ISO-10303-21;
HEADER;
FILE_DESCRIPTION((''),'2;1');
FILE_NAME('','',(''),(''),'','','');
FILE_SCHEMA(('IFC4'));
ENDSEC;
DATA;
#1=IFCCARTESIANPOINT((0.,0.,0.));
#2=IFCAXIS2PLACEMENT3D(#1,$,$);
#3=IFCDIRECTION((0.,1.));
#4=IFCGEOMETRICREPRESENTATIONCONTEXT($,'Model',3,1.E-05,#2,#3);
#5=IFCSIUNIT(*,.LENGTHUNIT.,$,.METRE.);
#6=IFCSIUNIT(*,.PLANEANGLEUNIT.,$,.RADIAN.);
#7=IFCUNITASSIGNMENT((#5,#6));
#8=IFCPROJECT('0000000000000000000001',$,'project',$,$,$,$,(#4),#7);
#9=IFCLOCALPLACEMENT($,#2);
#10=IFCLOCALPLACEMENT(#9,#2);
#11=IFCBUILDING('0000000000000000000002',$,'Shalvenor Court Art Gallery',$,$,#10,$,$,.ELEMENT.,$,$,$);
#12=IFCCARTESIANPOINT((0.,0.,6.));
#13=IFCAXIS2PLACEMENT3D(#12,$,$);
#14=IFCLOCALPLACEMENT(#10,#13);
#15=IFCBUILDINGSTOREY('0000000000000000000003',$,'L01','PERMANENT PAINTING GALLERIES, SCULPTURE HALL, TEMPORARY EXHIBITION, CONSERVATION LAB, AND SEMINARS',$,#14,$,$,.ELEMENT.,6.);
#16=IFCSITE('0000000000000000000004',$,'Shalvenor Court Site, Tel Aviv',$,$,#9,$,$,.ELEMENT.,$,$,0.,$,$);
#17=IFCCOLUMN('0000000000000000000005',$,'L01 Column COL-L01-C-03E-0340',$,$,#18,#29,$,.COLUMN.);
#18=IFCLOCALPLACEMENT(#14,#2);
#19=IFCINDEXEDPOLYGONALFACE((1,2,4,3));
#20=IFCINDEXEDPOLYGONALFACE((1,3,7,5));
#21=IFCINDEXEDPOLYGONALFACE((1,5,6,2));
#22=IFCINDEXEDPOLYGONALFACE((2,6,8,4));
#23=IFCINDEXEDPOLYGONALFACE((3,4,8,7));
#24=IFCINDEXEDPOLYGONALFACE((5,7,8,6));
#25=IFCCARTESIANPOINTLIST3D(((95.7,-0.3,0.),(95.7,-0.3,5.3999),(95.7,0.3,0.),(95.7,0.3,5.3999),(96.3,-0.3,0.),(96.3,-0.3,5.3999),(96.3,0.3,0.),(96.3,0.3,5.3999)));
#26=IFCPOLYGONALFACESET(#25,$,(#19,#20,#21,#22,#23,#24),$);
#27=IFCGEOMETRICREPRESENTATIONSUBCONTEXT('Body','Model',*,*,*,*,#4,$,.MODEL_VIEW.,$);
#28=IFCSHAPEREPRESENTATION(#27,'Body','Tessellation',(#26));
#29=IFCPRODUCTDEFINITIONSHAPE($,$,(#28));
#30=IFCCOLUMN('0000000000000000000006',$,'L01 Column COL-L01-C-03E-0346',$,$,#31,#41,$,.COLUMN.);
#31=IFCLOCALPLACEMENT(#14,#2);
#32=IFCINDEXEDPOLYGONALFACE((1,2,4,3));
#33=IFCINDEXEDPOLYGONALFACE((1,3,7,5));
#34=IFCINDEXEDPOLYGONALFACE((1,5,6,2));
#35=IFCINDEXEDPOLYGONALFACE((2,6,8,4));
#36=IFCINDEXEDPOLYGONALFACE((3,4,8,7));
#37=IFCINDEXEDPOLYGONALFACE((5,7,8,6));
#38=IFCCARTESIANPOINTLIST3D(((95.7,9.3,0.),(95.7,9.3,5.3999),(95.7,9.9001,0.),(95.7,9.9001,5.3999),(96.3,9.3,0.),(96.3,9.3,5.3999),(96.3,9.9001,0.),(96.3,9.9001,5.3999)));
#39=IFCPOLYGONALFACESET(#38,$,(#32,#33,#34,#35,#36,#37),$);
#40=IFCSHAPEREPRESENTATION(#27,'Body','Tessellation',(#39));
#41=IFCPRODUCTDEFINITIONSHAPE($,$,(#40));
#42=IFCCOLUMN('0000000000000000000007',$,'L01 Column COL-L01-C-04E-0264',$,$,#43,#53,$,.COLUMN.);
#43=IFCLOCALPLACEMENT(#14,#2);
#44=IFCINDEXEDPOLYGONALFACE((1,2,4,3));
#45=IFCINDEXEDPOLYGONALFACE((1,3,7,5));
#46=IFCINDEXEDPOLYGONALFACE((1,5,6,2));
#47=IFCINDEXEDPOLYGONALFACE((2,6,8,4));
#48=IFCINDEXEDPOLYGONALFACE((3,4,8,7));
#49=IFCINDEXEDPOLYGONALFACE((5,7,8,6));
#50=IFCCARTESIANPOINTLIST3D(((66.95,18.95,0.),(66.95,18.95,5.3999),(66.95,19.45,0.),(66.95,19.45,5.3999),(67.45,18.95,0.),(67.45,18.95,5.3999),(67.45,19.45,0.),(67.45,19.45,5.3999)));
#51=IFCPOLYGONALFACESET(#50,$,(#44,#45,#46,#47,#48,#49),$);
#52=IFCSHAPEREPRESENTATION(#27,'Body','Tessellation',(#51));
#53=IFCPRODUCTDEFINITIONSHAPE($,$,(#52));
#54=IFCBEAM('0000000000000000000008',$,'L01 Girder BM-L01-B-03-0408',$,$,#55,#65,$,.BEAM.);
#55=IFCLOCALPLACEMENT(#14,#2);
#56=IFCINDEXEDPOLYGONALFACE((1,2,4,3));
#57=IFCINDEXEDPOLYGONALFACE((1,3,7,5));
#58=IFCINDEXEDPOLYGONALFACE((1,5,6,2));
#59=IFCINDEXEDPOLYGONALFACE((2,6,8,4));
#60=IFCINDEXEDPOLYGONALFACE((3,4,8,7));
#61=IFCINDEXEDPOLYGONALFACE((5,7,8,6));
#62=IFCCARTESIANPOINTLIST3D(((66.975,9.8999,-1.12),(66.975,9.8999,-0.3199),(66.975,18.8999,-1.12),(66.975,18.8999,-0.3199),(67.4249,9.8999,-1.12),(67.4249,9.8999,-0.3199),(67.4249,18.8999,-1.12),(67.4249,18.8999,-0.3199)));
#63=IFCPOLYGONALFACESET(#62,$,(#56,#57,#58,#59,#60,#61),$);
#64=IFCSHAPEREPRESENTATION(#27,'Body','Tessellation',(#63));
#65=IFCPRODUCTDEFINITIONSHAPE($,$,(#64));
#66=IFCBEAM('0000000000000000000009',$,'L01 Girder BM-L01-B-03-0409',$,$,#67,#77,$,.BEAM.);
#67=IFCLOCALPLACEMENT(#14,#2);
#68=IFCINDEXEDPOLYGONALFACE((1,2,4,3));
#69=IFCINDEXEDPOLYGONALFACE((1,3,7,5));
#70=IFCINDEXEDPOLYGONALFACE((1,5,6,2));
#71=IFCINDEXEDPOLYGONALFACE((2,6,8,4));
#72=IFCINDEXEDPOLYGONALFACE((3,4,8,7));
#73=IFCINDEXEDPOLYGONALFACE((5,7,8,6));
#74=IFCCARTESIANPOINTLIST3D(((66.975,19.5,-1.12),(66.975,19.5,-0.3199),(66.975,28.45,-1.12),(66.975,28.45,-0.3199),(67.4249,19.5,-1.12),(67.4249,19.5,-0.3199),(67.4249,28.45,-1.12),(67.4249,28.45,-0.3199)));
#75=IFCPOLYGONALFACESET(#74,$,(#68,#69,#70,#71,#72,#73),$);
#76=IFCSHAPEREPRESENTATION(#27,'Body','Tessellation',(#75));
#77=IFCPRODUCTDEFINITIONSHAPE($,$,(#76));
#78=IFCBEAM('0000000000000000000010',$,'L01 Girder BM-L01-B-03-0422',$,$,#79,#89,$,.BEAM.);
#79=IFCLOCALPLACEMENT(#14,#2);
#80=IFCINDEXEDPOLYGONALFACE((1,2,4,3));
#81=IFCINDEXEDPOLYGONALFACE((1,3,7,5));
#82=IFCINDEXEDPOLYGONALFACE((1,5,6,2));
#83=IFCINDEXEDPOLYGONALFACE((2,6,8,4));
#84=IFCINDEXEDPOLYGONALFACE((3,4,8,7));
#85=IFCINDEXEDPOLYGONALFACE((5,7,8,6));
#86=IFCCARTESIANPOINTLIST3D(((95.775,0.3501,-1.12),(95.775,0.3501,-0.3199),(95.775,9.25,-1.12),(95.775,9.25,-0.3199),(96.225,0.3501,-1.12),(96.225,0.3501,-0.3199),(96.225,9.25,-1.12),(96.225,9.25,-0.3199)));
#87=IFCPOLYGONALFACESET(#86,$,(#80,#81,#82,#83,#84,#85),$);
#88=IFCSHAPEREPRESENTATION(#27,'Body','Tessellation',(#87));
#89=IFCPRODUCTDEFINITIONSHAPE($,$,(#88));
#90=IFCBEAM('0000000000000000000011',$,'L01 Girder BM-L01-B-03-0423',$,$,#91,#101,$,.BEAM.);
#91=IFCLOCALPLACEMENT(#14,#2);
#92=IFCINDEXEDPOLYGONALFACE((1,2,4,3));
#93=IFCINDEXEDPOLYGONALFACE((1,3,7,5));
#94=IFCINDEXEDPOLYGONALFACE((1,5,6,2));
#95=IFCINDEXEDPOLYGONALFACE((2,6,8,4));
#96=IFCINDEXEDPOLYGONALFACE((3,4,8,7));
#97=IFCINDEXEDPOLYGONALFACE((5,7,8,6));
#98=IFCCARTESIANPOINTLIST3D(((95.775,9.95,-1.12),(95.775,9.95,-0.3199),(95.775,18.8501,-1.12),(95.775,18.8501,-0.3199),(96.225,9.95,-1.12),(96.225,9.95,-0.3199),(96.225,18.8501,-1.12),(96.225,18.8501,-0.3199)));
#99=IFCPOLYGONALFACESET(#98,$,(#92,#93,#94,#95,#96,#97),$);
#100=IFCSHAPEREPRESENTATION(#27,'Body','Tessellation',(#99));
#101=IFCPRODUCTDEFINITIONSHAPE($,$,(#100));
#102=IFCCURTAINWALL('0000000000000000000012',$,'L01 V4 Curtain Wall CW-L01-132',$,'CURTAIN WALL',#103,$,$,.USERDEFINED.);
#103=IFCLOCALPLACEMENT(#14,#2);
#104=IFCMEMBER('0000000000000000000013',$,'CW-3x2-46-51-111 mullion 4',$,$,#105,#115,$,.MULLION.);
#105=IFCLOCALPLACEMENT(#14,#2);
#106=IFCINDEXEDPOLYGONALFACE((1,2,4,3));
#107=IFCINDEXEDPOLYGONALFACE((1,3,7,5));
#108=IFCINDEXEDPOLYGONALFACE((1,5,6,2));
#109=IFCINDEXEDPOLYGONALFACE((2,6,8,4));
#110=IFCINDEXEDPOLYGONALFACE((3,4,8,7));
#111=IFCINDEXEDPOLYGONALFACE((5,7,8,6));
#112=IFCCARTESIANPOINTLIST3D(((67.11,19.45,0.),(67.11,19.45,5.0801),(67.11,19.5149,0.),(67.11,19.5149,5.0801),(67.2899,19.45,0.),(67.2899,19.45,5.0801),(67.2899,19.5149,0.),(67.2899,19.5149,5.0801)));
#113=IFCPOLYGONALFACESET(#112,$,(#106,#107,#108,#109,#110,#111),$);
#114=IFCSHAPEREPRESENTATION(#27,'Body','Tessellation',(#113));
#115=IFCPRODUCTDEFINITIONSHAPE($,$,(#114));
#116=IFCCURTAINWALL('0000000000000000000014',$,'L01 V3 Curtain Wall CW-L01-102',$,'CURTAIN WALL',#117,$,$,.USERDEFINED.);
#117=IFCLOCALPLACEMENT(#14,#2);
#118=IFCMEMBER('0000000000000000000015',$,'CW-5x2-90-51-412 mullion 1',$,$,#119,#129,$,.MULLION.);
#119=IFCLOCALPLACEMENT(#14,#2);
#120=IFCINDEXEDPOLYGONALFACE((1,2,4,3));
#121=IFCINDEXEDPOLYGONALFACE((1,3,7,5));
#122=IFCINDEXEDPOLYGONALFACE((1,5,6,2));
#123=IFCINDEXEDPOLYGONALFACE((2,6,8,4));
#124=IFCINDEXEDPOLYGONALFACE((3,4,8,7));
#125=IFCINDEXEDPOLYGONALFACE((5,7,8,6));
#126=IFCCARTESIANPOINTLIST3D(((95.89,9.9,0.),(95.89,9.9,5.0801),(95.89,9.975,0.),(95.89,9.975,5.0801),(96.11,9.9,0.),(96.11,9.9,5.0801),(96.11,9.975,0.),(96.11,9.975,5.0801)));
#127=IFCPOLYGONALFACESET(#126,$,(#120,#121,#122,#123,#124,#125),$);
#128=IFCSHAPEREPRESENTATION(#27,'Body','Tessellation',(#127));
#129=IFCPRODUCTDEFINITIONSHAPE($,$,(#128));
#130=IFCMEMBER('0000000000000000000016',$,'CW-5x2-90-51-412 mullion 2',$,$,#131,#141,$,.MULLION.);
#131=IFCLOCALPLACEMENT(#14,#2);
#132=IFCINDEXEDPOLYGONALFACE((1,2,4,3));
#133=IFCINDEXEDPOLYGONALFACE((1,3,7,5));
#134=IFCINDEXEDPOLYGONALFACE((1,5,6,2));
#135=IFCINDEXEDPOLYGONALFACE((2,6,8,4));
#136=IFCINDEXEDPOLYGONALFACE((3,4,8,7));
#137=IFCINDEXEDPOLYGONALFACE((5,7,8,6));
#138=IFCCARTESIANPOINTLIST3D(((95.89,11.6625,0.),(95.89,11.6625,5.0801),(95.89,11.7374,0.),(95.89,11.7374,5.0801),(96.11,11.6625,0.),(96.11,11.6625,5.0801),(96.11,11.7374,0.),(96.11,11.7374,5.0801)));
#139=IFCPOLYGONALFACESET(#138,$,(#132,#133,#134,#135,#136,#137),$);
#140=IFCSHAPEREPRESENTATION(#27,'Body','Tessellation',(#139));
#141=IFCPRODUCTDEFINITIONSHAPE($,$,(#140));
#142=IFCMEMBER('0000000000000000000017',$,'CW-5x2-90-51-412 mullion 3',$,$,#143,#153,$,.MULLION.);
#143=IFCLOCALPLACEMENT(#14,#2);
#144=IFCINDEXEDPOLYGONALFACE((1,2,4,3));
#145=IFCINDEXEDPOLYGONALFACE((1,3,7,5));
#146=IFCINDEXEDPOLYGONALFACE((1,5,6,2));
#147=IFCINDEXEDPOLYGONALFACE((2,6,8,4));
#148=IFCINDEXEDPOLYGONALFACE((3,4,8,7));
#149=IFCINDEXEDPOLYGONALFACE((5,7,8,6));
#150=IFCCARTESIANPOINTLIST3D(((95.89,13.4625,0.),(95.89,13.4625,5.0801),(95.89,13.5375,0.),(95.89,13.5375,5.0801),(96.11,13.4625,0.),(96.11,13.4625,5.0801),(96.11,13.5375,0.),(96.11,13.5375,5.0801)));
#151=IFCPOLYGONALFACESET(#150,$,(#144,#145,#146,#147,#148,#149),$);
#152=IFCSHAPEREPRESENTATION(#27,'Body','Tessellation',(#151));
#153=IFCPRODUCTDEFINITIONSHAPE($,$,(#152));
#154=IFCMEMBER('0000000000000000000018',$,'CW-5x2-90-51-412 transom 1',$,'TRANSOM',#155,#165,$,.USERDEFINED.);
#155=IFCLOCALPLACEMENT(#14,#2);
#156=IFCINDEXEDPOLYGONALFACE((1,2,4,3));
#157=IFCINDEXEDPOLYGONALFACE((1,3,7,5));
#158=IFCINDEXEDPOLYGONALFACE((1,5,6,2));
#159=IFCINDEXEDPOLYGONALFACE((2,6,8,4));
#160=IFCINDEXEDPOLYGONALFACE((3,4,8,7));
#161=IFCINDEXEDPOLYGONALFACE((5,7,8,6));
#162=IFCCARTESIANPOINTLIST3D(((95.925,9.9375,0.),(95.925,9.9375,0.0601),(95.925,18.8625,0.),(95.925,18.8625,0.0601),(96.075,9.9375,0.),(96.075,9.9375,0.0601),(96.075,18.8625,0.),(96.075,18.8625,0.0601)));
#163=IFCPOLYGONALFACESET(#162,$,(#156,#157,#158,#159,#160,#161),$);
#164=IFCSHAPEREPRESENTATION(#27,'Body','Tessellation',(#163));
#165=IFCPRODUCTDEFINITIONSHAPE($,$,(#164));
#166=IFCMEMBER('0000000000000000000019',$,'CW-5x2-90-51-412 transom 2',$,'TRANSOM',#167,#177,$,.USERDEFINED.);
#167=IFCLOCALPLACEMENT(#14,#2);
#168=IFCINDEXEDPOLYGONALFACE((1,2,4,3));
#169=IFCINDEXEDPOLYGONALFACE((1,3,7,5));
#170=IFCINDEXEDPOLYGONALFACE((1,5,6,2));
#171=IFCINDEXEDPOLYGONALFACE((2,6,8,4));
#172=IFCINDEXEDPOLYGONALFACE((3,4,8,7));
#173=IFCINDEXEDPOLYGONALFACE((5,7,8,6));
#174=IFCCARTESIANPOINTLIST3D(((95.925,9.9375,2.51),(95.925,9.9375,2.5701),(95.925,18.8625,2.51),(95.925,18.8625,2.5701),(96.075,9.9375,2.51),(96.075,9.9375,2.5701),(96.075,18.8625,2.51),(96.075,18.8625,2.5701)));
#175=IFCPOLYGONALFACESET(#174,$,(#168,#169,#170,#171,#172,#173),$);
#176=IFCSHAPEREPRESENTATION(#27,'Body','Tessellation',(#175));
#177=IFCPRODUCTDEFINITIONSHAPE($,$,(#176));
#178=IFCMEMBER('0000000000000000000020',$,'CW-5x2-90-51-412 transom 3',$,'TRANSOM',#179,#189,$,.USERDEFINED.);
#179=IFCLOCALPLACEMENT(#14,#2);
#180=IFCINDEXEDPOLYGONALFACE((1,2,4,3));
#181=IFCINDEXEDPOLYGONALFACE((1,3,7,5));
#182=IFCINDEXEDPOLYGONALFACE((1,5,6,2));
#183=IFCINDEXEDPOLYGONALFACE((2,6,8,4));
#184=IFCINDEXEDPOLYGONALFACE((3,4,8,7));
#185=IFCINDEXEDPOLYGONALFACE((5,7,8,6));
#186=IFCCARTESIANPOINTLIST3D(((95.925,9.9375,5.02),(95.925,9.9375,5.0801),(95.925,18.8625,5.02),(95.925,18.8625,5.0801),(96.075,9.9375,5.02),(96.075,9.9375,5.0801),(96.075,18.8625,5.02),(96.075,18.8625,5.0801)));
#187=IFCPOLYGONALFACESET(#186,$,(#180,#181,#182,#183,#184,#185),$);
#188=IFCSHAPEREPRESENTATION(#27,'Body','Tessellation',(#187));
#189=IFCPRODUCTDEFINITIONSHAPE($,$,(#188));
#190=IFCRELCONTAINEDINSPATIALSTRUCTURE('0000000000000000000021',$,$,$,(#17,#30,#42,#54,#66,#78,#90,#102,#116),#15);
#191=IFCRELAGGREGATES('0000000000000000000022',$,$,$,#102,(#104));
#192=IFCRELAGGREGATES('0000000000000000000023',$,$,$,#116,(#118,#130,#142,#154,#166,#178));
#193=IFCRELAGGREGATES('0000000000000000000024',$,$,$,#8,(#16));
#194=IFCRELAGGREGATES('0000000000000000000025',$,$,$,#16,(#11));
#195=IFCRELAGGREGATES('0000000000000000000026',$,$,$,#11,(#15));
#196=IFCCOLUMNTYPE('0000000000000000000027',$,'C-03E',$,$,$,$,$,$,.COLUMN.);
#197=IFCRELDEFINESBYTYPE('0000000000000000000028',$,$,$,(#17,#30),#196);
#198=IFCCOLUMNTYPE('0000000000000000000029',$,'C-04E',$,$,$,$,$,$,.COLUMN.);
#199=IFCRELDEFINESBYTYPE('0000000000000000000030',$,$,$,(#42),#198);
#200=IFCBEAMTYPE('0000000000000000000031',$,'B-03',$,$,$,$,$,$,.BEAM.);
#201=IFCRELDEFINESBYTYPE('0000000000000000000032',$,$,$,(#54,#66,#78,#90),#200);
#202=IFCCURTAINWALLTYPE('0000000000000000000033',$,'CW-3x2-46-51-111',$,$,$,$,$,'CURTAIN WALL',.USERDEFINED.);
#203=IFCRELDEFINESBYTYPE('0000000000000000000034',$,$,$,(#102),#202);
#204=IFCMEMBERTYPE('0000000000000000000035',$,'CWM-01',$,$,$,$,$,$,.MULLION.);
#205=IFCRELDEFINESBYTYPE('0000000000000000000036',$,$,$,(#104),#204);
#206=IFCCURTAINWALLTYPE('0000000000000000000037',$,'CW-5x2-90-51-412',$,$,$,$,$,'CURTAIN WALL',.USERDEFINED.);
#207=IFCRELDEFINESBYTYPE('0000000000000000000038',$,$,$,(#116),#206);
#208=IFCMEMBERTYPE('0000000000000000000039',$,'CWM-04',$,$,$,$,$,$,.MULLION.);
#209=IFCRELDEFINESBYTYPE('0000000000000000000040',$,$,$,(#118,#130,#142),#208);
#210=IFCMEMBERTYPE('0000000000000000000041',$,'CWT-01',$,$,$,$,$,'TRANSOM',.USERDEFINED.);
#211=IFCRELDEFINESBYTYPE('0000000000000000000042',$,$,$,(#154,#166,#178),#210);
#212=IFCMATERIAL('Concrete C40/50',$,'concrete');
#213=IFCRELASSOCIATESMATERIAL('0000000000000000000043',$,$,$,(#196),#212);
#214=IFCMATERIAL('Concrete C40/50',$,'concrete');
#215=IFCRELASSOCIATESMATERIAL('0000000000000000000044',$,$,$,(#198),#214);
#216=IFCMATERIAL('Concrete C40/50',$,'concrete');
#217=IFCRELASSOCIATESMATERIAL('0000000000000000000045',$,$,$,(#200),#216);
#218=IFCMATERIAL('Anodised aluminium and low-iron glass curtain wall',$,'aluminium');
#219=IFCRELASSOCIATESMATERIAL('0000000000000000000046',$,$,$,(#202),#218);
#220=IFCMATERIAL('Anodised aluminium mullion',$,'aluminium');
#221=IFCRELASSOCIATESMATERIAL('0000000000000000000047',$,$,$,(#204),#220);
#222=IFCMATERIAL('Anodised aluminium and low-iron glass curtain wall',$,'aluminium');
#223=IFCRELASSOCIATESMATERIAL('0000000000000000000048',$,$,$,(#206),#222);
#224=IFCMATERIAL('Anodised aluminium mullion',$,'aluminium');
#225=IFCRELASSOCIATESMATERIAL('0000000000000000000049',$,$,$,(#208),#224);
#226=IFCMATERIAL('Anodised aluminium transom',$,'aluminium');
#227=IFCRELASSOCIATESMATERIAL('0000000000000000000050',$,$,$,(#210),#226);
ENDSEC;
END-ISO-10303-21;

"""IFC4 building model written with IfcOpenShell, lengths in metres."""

from ifc_helpers import new_model, si_unit, direction, frame, origin, origin_2d, place, context, subcontext, project, spatial, rectangle, extrude, material, material_profile, profile_set, type_object, element, aggregate, save


model = new_model("IFC4")

# Units and contexts
model_context = context("Model", 3, precision=1e-05, world=origin(), true_north=direction((0.0, 1.0)))
body_context = subcontext(model_context, "Body", "Model", "MODEL_VIEW")
ifc_project = project(units=[si_unit("LENGTHUNIT", "METRE"), si_unit("PLANEANGLEUNIT", "RADIAN")], contexts=[model_context])

# Site, building, storey
site_placement = place(None, origin())
site = spatial("IfcSite", under=ifc_project, at=site_placement, Name="Shalvenor Court Site, Tel Aviv", CompositionType="ELEMENT", RefElevation=0.0)
building_placement = place(site_placement, origin())
building = spatial("IfcBuilding", under=site, at=building_placement, Name="Shalvenor Court Art Gallery", CompositionType="ELEMENT")
storey_placement = place(building_placement, frame((0.0, 0.0, 6.0)))
storey = spatial("IfcBuildingStorey", under=building, at=storey_placement, Name="L01", Description="PERMANENT PAINTING GALLERIES, SCULPTURE HALL, TEMPORARY EXHIBITION, CONSERVATION LAB, AND SEMINARS", CompositionType="ELEMENT", Elevation=6.0)

# Columns
ifc_material_1 = material(Name="Concrete C40/50", Category="concrete")
ifc_material_profile_1 = material_profile(ifc_material_1, rectangle(XDim=0.6001, YDim=0.6001, at=origin_2d()), Name="RC 600x600")
ifc_profile_set_1 = profile_set([ifc_material_profile_1], Name="Concrete C40/50")
column_type_1 = type_object("IfcColumnType", Name="C-03E", PredefinedType="COLUMN", material=ifc_profile_set_1)
for number, where, z_axis, x_axis, name in (
    (1, (96.0, 0.0, 0.0), (0.0, 0.0, 1.0), (1.0, 0.0, 0.0), "L01 Column COL-L01-C-03E-0340"),
    (2, (96.0, 9.6001, 0.0), (0.0, 0.0, 1.0), (1.0, 0.0, 0.0), "L01 Column COL-L01-C-03E-0346"),
):
    element("IfcColumn", number, at=place(storey_placement, frame(where, z_axis=z_axis, x_axis=x_axis)), inside=storey, type_object=column_type_1, Name=name, PredefinedType="COLUMN", context=body_context, shape_type="SweptSolid", body=[
        extrude(rectangle(XDim=0.6001, YDim=0.6001, at=origin_2d()), origin(), (0.0, 0.0, 1.0), 5.3999),
    ])
ifc_material_2 = material(Name="Concrete C40/50", Category="concrete")
ifc_material_profile_2 = material_profile(ifc_material_2, rectangle(XDim=0.5, YDim=0.5, at=origin_2d()), Name="RC 500x500")
ifc_profile_set_2 = profile_set([ifc_material_profile_2], Name="Concrete C40/50")
column_type_2 = type_object("IfcColumnType", Name="C-04E", PredefinedType="COLUMN", material=ifc_profile_set_2)
column_placement = place(storey_placement, frame((67.2, 19.2, 0.0), z_axis=(0.0, 0.0, 1.0), x_axis=(1.0, 0.0, 0.0)))
element("IfcColumn", 3, at=column_placement, inside=storey, type_object=column_type_2, Name="L01 Column COL-L01-C-04E-0264", PredefinedType="COLUMN", context=body_context, shape_type="SweptSolid", body=[
    extrude(rectangle(XDim=0.5, YDim=0.5, at=origin_2d()), origin(), (0.0, 0.0, 1.0), 5.3999),
])

# Beams
ifc_material_3 = material(Name="Concrete C40/50", Category="concrete")
ifc_material_profile_3 = material_profile(ifc_material_3, rectangle(XDim=0.45, YDim=0.8, at=origin_2d()), Name="RC 450x800")
ifc_profile_set_3 = profile_set([ifc_material_profile_3], Name="Concrete C40/50")
beam_type = type_object("IfcBeamType", Name="B-03", PredefinedType="BEAM", material=ifc_profile_set_3)
beam_1_placement = place(storey_placement, frame((67.2, 9.8999, -0.72), z_axis=(0.0, 1.0, 0.0), x_axis=(-1.0, 0.0, 0.0)))
element("IfcBeam", 4, at=beam_1_placement, inside=storey, type_object=beam_type, Name="L01 Girder BM-L01-B-03-0408", PredefinedType="BEAM", context=body_context, shape_type="SweptSolid", body=[
    extrude(rectangle(XDim=0.45, YDim=0.8, at=origin_2d()), origin(), (0.0, 0.0, 1.0), 9.0),
])
beam_2_placement = place(storey_placement, frame((67.2, 19.5, -0.72), z_axis=(0.0, 1.0, 0.0), x_axis=(-1.0, 0.0, 0.0)))
element("IfcBeam", 5, at=beam_2_placement, inside=storey, type_object=beam_type, Name="L01 Girder BM-L01-B-03-0409", PredefinedType="BEAM", context=body_context, shape_type="SweptSolid", body=[
    extrude(rectangle(XDim=0.45, YDim=0.8, at=origin_2d()), origin(), (0.0, 0.0, 1.0), 8.95),
])
beam_3_placement = place(storey_placement, frame((96.0, 0.3501, -0.72), z_axis=(0.0, 1.0, 0.0), x_axis=(-1.0, 0.0, 0.0)))
element("IfcBeam", 6, at=beam_3_placement, inside=storey, type_object=beam_type, Name="L01 Girder BM-L01-B-03-0422", PredefinedType="BEAM", context=body_context, shape_type="SweptSolid", body=[
    extrude(rectangle(XDim=0.45, YDim=0.8, at=origin_2d()), origin(), (0.0, 0.0, 1.0), 8.8999),
])
beam_4_placement = place(storey_placement, frame((96.0, 9.95, -0.72), z_axis=(0.0, 1.0, 0.0), x_axis=(-1.0, 0.0, 0.0)))
element("IfcBeam", 7, at=beam_4_placement, inside=storey, type_object=beam_type, Name="L01 Girder BM-L01-B-03-0423", PredefinedType="BEAM", context=body_context, shape_type="SweptSolid", body=[
    extrude(rectangle(XDim=0.45, YDim=0.8, at=origin_2d()), origin(), (0.0, 0.0, 1.0), 8.9001),
])

# Curtain wall, member
ifc_material_4 = material(Name="Anodised aluminium and low-iron glass curtain wall", Category="aluminium")
curtain_wall_type_1 = type_object("IfcCurtainWallType", Name="CW-3x2-46-51-111", ElementType="CURTAIN WALL", PredefinedType="USERDEFINED", material=ifc_material_4)
curtain_wall_1_placement = place(storey_placement, origin())
curtain_wall_1 = element("IfcCurtainWall", 8, at=curtain_wall_1_placement, inside=storey, type_object=curtain_wall_type_1, Name="L01 V4 Curtain Wall CW-L01-132", ObjectType="CURTAIN WALL", PredefinedType="USERDEFINED")
ifc_material_5 = material(Name="Anodised aluminium mullion", Category="aluminium")
ifc_material_profile_4 = material_profile(ifc_material_5, rectangle(XDim=0.0649, YDim=0.1799, at=origin_2d()), Name="CWM-01")
ifc_profile_set_4 = profile_set([ifc_material_profile_4], Name="Anodised aluminium mullion")
member_type_1 = type_object("IfcMemberType", Name="CWM-01", PredefinedType="MULLION", material=ifc_profile_set_4)
member_1_placement = place(storey_placement, frame((67.2, 19.4824, 0.0), z_axis=(0.0, 0.0, 1.0), x_axis=(0.0, -1.0, 0.0)))
member_1 = element("IfcMember", 9, at=member_1_placement, type_object=member_type_1, Name="CW-3x2-46-51-111 mullion 4", PredefinedType="MULLION", context=body_context, shape_type="SweptSolid", body=[
    extrude(rectangle(XDim=0.0649, YDim=0.1799, at=origin_2d()), origin(), (0.0, 0.0, 1.0), 5.0801),
])
aggregate(curtain_wall_1, [member_1])

# Curtain wall, members
ifc_material_6 = material(Name="Anodised aluminium and low-iron glass curtain wall", Category="aluminium")
curtain_wall_type_2 = type_object("IfcCurtainWallType", Name="CW-5x2-90-51-412", ElementType="CURTAIN WALL", PredefinedType="USERDEFINED", material=ifc_material_6)
curtain_wall_2_placement = place(storey_placement, origin())
curtain_wall_2 = element("IfcCurtainWall", 10, at=curtain_wall_2_placement, inside=storey, type_object=curtain_wall_type_2, Name="L01 V3 Curtain Wall CW-L01-102", ObjectType="CURTAIN WALL", PredefinedType="USERDEFINED")
ifc_material_7 = material(Name="Anodised aluminium mullion", Category="aluminium")
ifc_material_profile_5 = material_profile(ifc_material_7, rectangle(XDim=0.075, YDim=0.22, at=origin_2d()), Name="CWM-04")
ifc_profile_set_5 = profile_set([ifc_material_profile_5], Name="Anodised aluminium mullion")
member_type_2 = type_object("IfcMemberType", Name="CWM-04", PredefinedType="MULLION", material=ifc_profile_set_5)
member_2_placement = place(storey_placement, frame((96.0, 9.9375, 0.0), z_axis=(0.0, 0.0, 1.0), x_axis=(0.0, 1.0, 0.0)))
member_2 = element("IfcMember", 11, at=member_2_placement, type_object=member_type_2, Name="CW-5x2-90-51-412 mullion 1", PredefinedType="MULLION", context=body_context, shape_type="SweptSolid", body=[
    extrude(rectangle(XDim=0.075, YDim=0.22, at=origin_2d()), origin(), (0.0, 0.0, 1.0), 5.0801),
])
member_3_placement = place(storey_placement, frame((96.0, 11.7, 0.0), z_axis=(0.0, 0.0, 1.0), x_axis=(0.0, 1.0, 0.0)))
member_3 = element("IfcMember", 12, at=member_3_placement, type_object=member_type_2, Name="CW-5x2-90-51-412 mullion 2", PredefinedType="MULLION", context=body_context, shape_type="SweptSolid", body=[
    extrude(rectangle(XDim=0.075, YDim=0.22, at=origin_2d()), origin(), (0.0, 0.0, 1.0), 5.0801),
])
member_4_placement = place(storey_placement, frame((96.0, 13.5, 0.0), z_axis=(0.0, 0.0, 1.0), x_axis=(0.0, 1.0, 0.0)))
member_4 = element("IfcMember", 13, at=member_4_placement, type_object=member_type_2, Name="CW-5x2-90-51-412 mullion 3", PredefinedType="MULLION", context=body_context, shape_type="SweptSolid", body=[
    extrude(rectangle(XDim=0.075, YDim=0.22, at=origin_2d()), origin(), (0.0, 0.0, 1.0), 5.0801),
])
ifc_material_8 = material(Name="Anodised aluminium transom", Category="aluminium")
ifc_material_profile_6 = material_profile(ifc_material_8, rectangle(XDim=0.1499, YDim=0.0601, at=origin_2d()), Name="CWT-01")
ifc_profile_set_6 = profile_set([ifc_material_profile_6], Name="Anodised aluminium transom")
member_type_3 = type_object("IfcMemberType", Name="CWT-01", ElementType="TRANSOM", PredefinedType="USERDEFINED", material=ifc_profile_set_6)
member_5_placement = place(storey_placement, frame((96.0, 9.9375, 0.03), z_axis=(0.0, 1.0, 0.0), x_axis=(-1.0, 0.0, 0.0)))
member_5 = element("IfcMember", 14, at=member_5_placement, type_object=member_type_3, Name="CW-5x2-90-51-412 transom 1", ObjectType="TRANSOM", PredefinedType="USERDEFINED", context=body_context, shape_type="SweptSolid", body=[
    extrude(rectangle(XDim=0.1499, YDim=0.0601, at=origin_2d()), origin(), (0.0, 0.0, 1.0), 8.925),
])
member_6_placement = place(storey_placement, frame((96.0, 9.9375, 2.54), z_axis=(0.0, 1.0, 0.0), x_axis=(-1.0, 0.0, 0.0)))
member_6 = element("IfcMember", 15, at=member_6_placement, type_object=member_type_3, Name="CW-5x2-90-51-412 transom 2", ObjectType="TRANSOM", PredefinedType="USERDEFINED", context=body_context, shape_type="SweptSolid", body=[
    extrude(rectangle(XDim=0.1499, YDim=0.0601, at=origin_2d()), origin(), (0.0, 0.0, 1.0), 8.925),
])
member_7_placement = place(storey_placement, frame((96.0, 9.9375, 5.05), z_axis=(0.0, 1.0, 0.0), x_axis=(-1.0, 0.0, 0.0)))
member_7 = element("IfcMember", 16, at=member_7_placement, type_object=member_type_3, Name="CW-5x2-90-51-412 transom 3", ObjectType="TRANSOM", PredefinedType="USERDEFINED", context=body_context, shape_type="SweptSolid", body=[
    extrude(rectangle(XDim=0.1499, YDim=0.0601, at=origin_2d()), origin(), (0.0, 0.0, 1.0), 8.925),
])
aggregate(curtain_wall_2, [member_2, member_3, member_4, member_5, member_6, member_7])

save(model, "model.ifc")
